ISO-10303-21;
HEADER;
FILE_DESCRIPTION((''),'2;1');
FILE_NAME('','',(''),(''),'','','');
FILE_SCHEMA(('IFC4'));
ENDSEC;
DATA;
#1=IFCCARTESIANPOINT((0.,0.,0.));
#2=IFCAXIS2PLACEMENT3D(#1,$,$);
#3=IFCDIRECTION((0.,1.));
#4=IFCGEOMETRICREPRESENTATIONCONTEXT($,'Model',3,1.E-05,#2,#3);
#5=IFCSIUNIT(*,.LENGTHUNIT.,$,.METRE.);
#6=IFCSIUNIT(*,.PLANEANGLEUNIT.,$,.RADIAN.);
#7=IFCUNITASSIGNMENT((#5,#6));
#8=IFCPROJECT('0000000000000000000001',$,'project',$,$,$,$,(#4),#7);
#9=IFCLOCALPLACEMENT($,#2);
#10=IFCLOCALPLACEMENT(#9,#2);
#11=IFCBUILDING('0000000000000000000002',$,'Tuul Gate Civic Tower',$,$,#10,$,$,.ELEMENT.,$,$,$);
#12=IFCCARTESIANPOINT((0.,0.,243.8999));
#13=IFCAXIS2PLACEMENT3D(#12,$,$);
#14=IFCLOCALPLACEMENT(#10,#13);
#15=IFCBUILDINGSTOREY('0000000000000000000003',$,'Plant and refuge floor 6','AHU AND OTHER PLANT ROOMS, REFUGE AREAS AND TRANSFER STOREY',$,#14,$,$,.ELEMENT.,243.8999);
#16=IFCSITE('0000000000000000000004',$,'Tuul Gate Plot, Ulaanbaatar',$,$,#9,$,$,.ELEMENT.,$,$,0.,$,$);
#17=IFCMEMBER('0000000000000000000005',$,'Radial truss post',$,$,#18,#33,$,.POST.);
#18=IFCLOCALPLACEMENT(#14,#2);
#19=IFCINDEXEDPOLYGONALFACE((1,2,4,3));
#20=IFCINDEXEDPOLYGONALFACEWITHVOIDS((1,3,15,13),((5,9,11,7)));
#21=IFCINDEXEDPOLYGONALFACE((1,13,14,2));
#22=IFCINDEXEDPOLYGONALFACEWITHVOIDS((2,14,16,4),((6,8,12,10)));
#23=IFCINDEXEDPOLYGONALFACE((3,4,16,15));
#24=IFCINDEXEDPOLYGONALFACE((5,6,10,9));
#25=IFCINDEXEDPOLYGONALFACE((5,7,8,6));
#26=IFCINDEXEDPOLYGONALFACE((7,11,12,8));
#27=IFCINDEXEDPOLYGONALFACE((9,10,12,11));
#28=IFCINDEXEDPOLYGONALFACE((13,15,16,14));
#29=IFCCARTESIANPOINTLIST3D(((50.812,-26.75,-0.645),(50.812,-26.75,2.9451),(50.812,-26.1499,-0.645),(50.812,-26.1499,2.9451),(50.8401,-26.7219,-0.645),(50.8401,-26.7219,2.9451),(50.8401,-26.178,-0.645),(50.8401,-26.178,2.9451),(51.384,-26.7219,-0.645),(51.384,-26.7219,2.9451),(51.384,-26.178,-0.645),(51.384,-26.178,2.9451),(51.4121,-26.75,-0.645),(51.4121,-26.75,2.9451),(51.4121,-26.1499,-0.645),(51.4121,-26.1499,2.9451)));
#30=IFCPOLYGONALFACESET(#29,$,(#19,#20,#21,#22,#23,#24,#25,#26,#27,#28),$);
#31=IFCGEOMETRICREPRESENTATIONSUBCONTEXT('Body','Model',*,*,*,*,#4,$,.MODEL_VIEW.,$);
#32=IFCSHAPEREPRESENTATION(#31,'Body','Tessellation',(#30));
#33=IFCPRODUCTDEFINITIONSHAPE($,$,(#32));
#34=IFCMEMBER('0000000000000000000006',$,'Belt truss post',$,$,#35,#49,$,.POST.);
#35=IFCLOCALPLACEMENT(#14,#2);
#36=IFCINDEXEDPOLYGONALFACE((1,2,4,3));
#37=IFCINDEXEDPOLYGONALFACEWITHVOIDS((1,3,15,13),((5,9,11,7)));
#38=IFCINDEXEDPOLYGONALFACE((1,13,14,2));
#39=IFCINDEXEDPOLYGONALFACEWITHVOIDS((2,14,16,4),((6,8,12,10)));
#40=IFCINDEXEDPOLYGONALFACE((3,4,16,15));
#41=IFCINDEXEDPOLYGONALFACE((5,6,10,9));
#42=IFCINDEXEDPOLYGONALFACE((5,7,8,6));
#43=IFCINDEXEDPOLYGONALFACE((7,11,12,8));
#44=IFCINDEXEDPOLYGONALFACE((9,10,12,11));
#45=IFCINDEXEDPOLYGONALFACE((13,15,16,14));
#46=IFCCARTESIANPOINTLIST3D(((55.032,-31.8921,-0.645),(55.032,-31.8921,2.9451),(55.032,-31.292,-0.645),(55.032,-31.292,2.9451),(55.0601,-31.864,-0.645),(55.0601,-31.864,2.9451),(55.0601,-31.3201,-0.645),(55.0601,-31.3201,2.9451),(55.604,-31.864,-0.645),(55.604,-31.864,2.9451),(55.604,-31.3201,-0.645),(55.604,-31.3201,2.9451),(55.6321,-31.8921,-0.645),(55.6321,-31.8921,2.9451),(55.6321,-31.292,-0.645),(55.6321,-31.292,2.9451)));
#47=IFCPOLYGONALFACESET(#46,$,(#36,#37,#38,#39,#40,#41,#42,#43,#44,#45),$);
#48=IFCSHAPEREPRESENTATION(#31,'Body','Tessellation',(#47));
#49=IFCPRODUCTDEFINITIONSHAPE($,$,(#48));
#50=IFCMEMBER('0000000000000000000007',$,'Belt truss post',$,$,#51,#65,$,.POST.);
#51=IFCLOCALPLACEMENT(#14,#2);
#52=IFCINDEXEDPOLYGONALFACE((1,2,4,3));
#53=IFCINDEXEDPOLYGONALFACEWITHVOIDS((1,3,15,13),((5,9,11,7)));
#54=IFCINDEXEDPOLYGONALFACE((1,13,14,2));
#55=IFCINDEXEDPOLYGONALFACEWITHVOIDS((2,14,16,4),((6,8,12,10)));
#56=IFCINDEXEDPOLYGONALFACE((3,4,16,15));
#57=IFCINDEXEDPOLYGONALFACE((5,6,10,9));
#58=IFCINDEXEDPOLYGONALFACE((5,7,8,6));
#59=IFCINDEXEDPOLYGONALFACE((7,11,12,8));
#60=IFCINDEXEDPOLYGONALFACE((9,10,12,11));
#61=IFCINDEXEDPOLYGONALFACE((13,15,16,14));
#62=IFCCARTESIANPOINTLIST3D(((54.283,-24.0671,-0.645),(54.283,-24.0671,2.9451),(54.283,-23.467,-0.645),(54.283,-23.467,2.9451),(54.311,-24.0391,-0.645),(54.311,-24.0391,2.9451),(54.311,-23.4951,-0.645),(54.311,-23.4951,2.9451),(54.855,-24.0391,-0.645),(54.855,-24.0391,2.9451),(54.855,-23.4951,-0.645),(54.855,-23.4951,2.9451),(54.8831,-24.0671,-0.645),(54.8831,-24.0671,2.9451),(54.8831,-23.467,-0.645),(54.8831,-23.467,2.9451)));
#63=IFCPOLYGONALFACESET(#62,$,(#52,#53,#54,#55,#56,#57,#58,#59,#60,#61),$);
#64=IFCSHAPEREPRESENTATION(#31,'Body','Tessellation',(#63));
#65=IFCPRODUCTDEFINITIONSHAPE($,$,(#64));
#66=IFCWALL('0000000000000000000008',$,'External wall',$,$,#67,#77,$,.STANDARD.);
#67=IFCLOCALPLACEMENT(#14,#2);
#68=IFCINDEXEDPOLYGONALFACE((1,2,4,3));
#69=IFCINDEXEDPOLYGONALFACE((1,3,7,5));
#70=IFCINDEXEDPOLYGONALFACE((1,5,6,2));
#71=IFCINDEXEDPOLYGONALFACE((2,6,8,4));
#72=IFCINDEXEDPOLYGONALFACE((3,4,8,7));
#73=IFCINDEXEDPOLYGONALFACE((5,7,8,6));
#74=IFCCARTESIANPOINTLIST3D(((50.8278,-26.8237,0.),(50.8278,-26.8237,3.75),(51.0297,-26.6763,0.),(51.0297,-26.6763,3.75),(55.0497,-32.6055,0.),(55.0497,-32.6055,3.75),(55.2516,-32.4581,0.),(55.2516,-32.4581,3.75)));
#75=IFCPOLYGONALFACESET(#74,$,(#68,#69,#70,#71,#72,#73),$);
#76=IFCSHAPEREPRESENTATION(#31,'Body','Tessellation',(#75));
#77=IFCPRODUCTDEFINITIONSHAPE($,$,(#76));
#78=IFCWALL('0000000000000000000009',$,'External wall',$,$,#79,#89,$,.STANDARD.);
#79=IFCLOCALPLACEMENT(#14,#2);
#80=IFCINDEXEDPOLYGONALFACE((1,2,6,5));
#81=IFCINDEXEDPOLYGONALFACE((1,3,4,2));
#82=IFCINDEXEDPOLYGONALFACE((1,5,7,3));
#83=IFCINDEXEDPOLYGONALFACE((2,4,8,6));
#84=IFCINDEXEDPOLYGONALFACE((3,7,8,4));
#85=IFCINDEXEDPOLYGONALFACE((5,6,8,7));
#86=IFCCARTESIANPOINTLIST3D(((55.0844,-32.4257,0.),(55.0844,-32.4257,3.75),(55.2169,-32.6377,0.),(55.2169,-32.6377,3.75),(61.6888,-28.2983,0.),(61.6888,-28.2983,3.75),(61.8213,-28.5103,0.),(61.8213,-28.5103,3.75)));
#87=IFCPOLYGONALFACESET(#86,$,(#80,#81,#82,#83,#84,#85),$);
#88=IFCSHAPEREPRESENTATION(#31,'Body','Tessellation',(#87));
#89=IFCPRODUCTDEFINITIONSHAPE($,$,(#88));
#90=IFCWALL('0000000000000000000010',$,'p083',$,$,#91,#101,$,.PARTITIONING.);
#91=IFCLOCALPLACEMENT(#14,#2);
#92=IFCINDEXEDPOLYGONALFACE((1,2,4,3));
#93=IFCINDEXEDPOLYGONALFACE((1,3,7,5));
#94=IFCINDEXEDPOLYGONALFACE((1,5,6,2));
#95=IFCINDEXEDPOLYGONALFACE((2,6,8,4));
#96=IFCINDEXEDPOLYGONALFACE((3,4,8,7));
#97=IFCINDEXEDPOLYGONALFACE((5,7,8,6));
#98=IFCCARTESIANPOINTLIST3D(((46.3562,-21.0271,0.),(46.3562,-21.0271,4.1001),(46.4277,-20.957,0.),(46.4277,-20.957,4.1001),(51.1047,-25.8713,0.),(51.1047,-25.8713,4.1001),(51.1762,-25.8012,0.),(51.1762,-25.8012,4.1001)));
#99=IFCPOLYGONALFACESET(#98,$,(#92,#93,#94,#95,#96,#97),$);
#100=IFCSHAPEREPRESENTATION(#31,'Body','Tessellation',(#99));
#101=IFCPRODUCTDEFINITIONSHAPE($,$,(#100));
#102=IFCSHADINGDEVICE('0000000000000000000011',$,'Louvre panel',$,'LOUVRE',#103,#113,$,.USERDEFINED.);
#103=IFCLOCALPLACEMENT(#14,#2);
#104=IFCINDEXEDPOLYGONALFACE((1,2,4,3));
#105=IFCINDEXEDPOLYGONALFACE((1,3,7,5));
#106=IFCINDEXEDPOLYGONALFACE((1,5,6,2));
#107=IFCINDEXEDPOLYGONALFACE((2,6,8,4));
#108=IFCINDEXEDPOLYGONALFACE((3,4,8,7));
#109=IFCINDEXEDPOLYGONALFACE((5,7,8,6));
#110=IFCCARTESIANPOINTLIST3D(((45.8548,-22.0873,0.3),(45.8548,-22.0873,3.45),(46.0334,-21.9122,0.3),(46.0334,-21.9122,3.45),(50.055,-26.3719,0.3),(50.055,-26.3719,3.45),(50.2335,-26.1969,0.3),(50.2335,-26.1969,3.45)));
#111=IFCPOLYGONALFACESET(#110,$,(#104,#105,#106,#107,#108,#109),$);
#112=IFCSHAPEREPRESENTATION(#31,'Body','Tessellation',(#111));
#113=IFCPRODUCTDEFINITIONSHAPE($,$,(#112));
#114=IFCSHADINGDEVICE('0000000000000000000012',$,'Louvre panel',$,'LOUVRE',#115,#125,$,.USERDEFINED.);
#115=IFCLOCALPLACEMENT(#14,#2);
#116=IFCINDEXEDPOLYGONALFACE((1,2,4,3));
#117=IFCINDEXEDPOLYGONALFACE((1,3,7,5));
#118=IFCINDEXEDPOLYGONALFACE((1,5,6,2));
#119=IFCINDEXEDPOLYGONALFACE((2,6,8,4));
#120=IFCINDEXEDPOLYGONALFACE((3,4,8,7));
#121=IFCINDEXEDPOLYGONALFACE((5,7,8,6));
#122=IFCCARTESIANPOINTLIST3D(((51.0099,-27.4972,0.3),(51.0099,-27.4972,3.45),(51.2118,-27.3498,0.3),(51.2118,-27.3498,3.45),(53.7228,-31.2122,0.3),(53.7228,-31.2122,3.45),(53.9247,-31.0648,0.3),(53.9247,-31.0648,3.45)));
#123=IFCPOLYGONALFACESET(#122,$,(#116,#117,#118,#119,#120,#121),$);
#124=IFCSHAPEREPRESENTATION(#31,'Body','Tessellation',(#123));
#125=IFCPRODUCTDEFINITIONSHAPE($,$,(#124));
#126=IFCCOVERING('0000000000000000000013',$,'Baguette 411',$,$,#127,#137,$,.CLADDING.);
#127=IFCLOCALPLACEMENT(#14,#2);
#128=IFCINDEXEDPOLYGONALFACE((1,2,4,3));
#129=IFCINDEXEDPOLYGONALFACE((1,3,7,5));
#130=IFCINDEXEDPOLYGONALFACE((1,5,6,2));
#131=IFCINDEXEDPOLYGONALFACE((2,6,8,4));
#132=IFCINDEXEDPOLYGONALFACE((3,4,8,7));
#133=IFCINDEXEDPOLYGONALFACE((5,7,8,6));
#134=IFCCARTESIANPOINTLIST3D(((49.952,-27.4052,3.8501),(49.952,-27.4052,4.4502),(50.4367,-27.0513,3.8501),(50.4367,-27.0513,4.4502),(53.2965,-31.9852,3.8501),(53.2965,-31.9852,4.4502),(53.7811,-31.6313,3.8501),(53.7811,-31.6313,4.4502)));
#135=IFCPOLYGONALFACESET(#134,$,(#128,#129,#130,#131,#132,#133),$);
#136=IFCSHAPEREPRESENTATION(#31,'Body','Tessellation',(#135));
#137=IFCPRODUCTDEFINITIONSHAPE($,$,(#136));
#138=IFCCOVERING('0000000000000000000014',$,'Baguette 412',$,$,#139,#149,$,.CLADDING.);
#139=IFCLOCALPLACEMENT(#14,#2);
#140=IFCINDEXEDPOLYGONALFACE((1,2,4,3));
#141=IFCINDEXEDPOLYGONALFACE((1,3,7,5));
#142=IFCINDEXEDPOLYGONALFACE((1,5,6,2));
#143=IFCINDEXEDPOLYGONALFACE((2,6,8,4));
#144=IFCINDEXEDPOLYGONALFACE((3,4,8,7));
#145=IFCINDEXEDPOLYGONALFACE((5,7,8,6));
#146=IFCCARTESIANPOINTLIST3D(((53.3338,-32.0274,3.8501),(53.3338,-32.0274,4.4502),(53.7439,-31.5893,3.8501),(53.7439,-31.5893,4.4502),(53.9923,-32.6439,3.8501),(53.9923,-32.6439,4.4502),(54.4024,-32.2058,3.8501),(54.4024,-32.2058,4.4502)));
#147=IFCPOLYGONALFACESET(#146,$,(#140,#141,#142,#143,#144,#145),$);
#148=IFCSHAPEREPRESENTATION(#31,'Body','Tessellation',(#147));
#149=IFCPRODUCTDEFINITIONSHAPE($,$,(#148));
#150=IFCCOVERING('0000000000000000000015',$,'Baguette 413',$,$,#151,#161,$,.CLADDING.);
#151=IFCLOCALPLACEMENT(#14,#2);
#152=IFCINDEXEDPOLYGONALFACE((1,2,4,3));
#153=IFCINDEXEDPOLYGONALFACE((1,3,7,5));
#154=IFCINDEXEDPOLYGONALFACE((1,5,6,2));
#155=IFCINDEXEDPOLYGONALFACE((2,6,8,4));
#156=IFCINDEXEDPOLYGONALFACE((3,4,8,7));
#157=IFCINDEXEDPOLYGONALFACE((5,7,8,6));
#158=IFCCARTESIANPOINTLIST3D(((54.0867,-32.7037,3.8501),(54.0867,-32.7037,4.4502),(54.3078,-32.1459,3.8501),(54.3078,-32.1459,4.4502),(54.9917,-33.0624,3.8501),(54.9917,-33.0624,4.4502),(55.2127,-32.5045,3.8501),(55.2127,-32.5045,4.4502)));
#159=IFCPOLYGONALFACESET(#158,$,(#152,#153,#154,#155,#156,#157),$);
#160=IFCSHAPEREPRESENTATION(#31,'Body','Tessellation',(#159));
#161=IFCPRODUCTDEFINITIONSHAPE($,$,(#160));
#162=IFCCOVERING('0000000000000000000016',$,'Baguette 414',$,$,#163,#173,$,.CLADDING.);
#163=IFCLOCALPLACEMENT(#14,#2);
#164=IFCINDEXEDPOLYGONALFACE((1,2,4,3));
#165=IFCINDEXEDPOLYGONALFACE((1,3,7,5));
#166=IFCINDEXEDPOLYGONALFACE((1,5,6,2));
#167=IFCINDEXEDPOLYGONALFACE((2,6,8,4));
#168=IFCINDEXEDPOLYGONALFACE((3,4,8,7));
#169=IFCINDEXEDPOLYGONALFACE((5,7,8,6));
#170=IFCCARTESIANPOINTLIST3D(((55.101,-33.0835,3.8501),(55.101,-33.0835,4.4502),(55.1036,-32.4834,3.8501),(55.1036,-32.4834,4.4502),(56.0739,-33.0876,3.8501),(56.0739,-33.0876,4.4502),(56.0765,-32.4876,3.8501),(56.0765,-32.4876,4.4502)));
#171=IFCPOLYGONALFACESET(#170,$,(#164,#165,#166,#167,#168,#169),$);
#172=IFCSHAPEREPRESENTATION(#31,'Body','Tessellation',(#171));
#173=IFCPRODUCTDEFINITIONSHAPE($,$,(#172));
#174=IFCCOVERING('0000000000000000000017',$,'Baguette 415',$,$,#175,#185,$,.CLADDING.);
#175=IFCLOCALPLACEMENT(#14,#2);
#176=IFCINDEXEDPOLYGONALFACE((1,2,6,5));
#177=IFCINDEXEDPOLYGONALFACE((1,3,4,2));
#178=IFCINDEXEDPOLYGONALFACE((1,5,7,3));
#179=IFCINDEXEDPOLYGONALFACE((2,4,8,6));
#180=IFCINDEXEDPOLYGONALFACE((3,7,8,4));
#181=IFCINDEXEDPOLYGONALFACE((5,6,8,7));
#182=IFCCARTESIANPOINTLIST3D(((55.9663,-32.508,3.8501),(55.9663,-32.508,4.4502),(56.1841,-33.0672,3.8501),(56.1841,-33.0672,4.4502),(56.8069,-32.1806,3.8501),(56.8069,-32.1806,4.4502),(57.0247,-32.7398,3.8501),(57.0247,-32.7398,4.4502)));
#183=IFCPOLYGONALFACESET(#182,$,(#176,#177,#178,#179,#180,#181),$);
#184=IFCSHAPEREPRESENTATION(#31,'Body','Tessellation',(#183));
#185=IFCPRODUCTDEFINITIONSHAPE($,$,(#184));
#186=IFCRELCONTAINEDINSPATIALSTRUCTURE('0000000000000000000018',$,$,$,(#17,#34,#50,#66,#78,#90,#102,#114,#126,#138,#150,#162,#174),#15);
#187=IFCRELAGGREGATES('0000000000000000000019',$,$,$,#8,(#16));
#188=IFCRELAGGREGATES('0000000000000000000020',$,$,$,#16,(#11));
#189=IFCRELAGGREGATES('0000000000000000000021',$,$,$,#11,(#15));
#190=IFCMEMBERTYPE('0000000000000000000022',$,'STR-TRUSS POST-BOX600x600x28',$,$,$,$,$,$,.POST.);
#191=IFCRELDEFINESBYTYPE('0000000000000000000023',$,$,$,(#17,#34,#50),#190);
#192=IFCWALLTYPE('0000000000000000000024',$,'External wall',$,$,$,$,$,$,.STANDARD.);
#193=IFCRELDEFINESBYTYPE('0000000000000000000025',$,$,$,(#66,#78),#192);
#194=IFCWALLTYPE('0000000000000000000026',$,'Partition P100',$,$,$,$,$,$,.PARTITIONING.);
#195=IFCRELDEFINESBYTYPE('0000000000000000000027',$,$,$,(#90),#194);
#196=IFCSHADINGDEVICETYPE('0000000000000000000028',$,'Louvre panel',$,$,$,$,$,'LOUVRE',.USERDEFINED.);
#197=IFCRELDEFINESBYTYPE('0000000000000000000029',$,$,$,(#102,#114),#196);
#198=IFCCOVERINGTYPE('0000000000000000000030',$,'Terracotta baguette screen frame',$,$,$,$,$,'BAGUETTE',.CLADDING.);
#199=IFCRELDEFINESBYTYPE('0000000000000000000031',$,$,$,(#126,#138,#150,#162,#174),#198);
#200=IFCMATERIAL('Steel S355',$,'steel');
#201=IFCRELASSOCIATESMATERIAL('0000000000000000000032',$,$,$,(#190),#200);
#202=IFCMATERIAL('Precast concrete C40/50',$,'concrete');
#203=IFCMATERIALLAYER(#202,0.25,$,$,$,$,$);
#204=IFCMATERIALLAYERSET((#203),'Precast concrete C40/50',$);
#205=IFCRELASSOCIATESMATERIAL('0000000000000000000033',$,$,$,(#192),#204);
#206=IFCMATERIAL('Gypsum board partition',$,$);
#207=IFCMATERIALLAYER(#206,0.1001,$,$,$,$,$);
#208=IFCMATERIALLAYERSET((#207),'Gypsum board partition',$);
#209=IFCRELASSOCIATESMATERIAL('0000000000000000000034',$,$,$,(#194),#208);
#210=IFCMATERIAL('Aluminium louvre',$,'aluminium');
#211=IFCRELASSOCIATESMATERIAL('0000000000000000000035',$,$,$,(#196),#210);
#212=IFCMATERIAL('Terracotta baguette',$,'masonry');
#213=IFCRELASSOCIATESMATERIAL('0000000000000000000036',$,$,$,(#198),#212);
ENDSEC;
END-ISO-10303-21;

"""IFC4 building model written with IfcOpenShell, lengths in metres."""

from ifc_helpers import new_model, si_unit, direction, frame, frame_2d, origin, origin_2d, place, context, subcontext, project, spatial, rectangle, hollow_rectangle, extrude, material, layer, layer_set, material_profile, profile_set, type_object, element, save


model = new_model("IFC4")

# Units and contexts
model_context = context("Model", 3, precision=1e-05, world=origin(), true_north=direction((0.0, 1.0)))
body_context = subcontext(model_context, "Body", "Model", "MODEL_VIEW")
ifc_project = project(units=[si_unit("LENGTHUNIT", "METRE"), si_unit("PLANEANGLEUNIT", "RADIAN")], contexts=[model_context])

# Site, building, storey
site_placement = place(None, origin())
site = spatial("IfcSite", under=ifc_project, at=site_placement, Name="Tuul Gate Plot, Ulaanbaatar", CompositionType="ELEMENT", RefElevation=0.0)
building_placement = place(site_placement, origin())
building = spatial("IfcBuilding", under=site, at=building_placement, Name="Tuul Gate Civic Tower", CompositionType="ELEMENT")
storey_placement = place(building_placement, frame((0.0, 0.0, 243.8999)))
storey = spatial("IfcBuildingStorey", under=building, at=storey_placement, Name="Plant and refuge floor 6", Description="AHU AND OTHER PLANT ROOMS, REFUGE AREAS AND TRANSFER STOREY", CompositionType="ELEMENT", Elevation=243.8999)

# Members
ifc_material_1 = material(Name="Steel S355", Category="steel")
ifc_material_profile_1 = material_profile(ifc_material_1, hollow_rectangle(XDim=0.6001, YDim=0.6001, WallThickness=0.0281, at=origin_2d()), Name="BOX600x600x28")
ifc_profile_set_1 = profile_set([ifc_material_profile_1], Name="Steel S355")
member_type_1 = type_object("IfcMemberType", Name="STR-TRUSS POST-BOX600x600x28", PredefinedType="POST", material=ifc_profile_set_1)
for number, where, z_axis, x_axis, name in (
    (1, (51.1121, -26.45, -0.645), (0.0, 0.0, 1.0), (1.0, 0.0, 0.0), "Radial truss post"),
    (2, (55.332, -31.592, -0.645), (0.0, 0.0, 1.0), (1.0, 0.0, 0.0), "Belt truss post"),
    (3, (54.583, -23.7671, -0.645), (0.0, 0.0, 1.0), (1.0, 0.0, 0.0), "Belt truss post"),
):
    element("IfcMember", number, at=place(storey_placement, frame(where, z_axis=z_axis, x_axis=x_axis)), inside=storey, type_object=member_type_1, Name=name, PredefinedType="POST", context=body_context, shape_type="SweptSolid", body=[
        extrude(hollow_rectangle(XDim=0.6001, YDim=0.6001, WallThickness=0.0281, at=origin_2d()), origin(), (0.0, 0.0, 1.0), 3.5901),
    ])

# Walls
ifc_material_2 = material(Name="Precast concrete C40/50", Category="concrete")
ifc_layer_1 = layer(ifc_material_2, 0.25)
ifc_layer_set_1 = layer_set([ifc_layer_1], Name="Precast concrete C40/50")
wall_type_1 = type_object("IfcWallType", Name="External wall", PredefinedType="STANDARD", material=ifc_layer_set_1)
wall_1_placement = place(storey_placement, frame((50.9287, -26.75, 0.0), z_axis=(0.0, 0.0, 1.0), x_axis=(0.589726, -0.807604, 0.0)))
element("IfcWall", 4, at=wall_1_placement, inside=storey, type_object=wall_type_1, Name="External wall", PredefinedType="STANDARD", context=body_context, shape_type="SweptSolid", body=[
    extrude(rectangle(XDim=7.1592, YDim=0.25, at=frame_2d((3.5796, 0.0))), origin(), (0.0, 0.0, 1.0), 3.75),
])
wall_2_placement = place(storey_placement, frame((55.1506, -32.5317, 0.0), z_axis=(0.0, 0.0, 1.0), x_axis=(0.848019, 0.529965, 0.0)))
element("IfcWall", 5, at=wall_2_placement, inside=storey, type_object=wall_type_1, Name="External wall", PredefinedType="STANDARD", context=body_context, shape_type="SweptSolid", body=[
    extrude(rectangle(XDim=7.7881, YDim=0.25, at=frame_2d((3.894, 0.0))), origin(), (0.0, 0.0, 1.0), 3.75),
])
ifc_material_3 = material(Name="Gypsum board partition")
ifc_layer_2 = layer(ifc_material_3, 0.1001)
ifc_layer_set_2 = layer_set([ifc_layer_2], Name="Gypsum board partition")
wall_type_2 = type_object("IfcWallType", Name="Partition P100", PredefinedType="PARTITIONING", material=ifc_layer_set_2)
wall_3_placement = place(storey_placement, frame((51.1404, -25.8362, 0.0), z_axis=(0.0, 0.0, 1.0), x_axis=(-0.700017, 0.714126, 0.0)))
element("IfcWall", 6, at=wall_3_placement, inside=storey, type_object=wall_type_2, Name="p083", PredefinedType="PARTITIONING", context=body_context, shape_type="SweptSolid", body=[
    extrude(rectangle(XDim=6.7834, YDim=0.1001, at=frame_2d((3.3916, 0.0))), origin(), (0.0, 0.0, 1.0), 4.1001),
])

# Shading devices
ifc_material_4 = material(Name="Aluminium louvre", Category="aluminium")
shading_device_type = type_object("IfcShadingDeviceType", Name="Louvre panel", ElementType="LOUVRE", PredefinedType="USERDEFINED", material=ifc_material_4)
shading_device_1_placement = place(storey_placement, frame((48.0442, -24.1421, 0.3), z_axis=(0.0, 0.0, 1.0), x_axis=(-0.714113, -0.70003, 0.0)))
element("IfcShadingDevice", 7, at=shading_device_1_placement, inside=storey, type_object=shading_device_type, Name="Louvre panel", ObjectType="LOUVRE", PredefinedType="USERDEFINED", context=body_context, shape_type="SweptSolid", body=[
    extrude(rectangle(XDim=0.25, YDim=6.0, at=origin_2d()), origin(), (0.0, 0.0, 1.0), 3.1499),
])
shading_device_2_placement = place(storey_placement, frame((52.4673, -29.281, 0.3), z_axis=(0.0, 0.0, 1.0), x_axis=(-0.807595, -0.589737, 0.0)))
element("IfcShadingDevice", 8, at=shading_device_2_placement, inside=storey, type_object=shading_device_type, Name="Louvre panel", ObjectType="LOUVRE", PredefinedType="USERDEFINED", context=body_context, shape_type="SweptSolid", body=[
    extrude(rectangle(XDim=0.25, YDim=4.6001, at=origin_2d()), origin(), (0.0, 0.0, 1.0), 3.1499),
])

# Coverings
ifc_material_5 = material(Name="Terracotta baguette", Category="masonry")
ifc_material_profile_2 = material_profile(ifc_material_5, rectangle(XDim=0.6001, YDim=0.6001, at=origin_2d()), Name="Terracotta baguette screen frame")
ifc_profile_set_2 = profile_set([ifc_material_profile_2], Name="Terracotta baguette")
covering_type = type_object("IfcCoveringType", Name="Terracotta baguette screen frame", ElementType="BAGUETTE", PredefinedType="CLADDING", material=ifc_profile_set_2)
covering_1_placement = place(storey_placement, frame((50.1943, -27.2283, 4.1501), z_axis=(0.589729, -0.807601, 0.0), x_axis=(0.807601, 0.589729, 0.0)))
element("IfcCovering", 9, at=covering_1_placement, inside=storey, type_object=covering_type, Name="Baguette 411", PredefinedType="CLADDING", context=body_context, shape_type="SweptSolid", body=[
    extrude(rectangle(XDim=0.6001, YDim=0.6001, at=origin_2d()), origin(), (0.0, 0.0, 1.0), 5.6711),
])
covering_2_placement = place(storey_placement, frame((53.5388, -31.8083, 4.1501), z_axis=(0.730001, -0.683446, 0.0), x_axis=(0.683446, 0.730001, 0.0)))
element("IfcCovering", 10, at=covering_2_placement, inside=storey, type_object=covering_type, Name="Baguette 412", PredefinedType="CLADDING", context=body_context, shape_type="SweptSolid", body=[
    extrude(rectangle(XDim=0.6001, YDim=0.6001, at=origin_2d()), origin(), (0.0, 0.0, 1.0), 0.9021),
])
covering_3_placement = place(storey_placement, frame((54.1973, -32.4248, 4.1501), z_axis=(0.929665, -0.368405, 0.0), x_axis=(0.368405, 0.929665, 0.0)))
element("IfcCovering", 11, at=covering_3_placement, inside=storey, type_object=covering_type, Name="Baguette 413", PredefinedType="CLADDING", context=body_context, shape_type="SweptSolid", body=[
    extrude(rectangle(XDim=0.6001, YDim=0.6001, at=origin_2d()), origin(), (0.0, 0.0, 1.0), 0.9734),
])
covering_4_placement = place(storey_placement, frame((55.1023, -32.7834, 4.1501), z_axis=(0.999991, -0.004266, 0.0), x_axis=(0.004266, 0.999991, 0.0)))
element("IfcCovering", 12, at=covering_4_placement, inside=storey, type_object=covering_type, Name="Baguette 414", PredefinedType="CLADDING", context=body_context, shape_type="SweptSolid", body=[
    extrude(rectangle(XDim=0.6001, YDim=0.6001, at=origin_2d()), origin(), (0.0, 0.0, 1.0), 0.9729),
])
covering_5_placement = place(storey_placement, frame((56.0752, -32.7876, 4.1501), z_axis=(0.931817, 0.362929, 0.0), x_axis=(-0.362929, 0.931817, 0.0)))
element("IfcCovering", 13, at=covering_5_placement, inside=storey, type_object=covering_type, Name="Baguette 415", PredefinedType="CLADDING", context=body_context, shape_type="SweptSolid", body=[
    extrude(rectangle(XDim=0.6001, YDim=0.6001, at=origin_2d()), origin(), (0.0, 0.0, 1.0), 0.9021),
])

save(model, "model.ifc")
